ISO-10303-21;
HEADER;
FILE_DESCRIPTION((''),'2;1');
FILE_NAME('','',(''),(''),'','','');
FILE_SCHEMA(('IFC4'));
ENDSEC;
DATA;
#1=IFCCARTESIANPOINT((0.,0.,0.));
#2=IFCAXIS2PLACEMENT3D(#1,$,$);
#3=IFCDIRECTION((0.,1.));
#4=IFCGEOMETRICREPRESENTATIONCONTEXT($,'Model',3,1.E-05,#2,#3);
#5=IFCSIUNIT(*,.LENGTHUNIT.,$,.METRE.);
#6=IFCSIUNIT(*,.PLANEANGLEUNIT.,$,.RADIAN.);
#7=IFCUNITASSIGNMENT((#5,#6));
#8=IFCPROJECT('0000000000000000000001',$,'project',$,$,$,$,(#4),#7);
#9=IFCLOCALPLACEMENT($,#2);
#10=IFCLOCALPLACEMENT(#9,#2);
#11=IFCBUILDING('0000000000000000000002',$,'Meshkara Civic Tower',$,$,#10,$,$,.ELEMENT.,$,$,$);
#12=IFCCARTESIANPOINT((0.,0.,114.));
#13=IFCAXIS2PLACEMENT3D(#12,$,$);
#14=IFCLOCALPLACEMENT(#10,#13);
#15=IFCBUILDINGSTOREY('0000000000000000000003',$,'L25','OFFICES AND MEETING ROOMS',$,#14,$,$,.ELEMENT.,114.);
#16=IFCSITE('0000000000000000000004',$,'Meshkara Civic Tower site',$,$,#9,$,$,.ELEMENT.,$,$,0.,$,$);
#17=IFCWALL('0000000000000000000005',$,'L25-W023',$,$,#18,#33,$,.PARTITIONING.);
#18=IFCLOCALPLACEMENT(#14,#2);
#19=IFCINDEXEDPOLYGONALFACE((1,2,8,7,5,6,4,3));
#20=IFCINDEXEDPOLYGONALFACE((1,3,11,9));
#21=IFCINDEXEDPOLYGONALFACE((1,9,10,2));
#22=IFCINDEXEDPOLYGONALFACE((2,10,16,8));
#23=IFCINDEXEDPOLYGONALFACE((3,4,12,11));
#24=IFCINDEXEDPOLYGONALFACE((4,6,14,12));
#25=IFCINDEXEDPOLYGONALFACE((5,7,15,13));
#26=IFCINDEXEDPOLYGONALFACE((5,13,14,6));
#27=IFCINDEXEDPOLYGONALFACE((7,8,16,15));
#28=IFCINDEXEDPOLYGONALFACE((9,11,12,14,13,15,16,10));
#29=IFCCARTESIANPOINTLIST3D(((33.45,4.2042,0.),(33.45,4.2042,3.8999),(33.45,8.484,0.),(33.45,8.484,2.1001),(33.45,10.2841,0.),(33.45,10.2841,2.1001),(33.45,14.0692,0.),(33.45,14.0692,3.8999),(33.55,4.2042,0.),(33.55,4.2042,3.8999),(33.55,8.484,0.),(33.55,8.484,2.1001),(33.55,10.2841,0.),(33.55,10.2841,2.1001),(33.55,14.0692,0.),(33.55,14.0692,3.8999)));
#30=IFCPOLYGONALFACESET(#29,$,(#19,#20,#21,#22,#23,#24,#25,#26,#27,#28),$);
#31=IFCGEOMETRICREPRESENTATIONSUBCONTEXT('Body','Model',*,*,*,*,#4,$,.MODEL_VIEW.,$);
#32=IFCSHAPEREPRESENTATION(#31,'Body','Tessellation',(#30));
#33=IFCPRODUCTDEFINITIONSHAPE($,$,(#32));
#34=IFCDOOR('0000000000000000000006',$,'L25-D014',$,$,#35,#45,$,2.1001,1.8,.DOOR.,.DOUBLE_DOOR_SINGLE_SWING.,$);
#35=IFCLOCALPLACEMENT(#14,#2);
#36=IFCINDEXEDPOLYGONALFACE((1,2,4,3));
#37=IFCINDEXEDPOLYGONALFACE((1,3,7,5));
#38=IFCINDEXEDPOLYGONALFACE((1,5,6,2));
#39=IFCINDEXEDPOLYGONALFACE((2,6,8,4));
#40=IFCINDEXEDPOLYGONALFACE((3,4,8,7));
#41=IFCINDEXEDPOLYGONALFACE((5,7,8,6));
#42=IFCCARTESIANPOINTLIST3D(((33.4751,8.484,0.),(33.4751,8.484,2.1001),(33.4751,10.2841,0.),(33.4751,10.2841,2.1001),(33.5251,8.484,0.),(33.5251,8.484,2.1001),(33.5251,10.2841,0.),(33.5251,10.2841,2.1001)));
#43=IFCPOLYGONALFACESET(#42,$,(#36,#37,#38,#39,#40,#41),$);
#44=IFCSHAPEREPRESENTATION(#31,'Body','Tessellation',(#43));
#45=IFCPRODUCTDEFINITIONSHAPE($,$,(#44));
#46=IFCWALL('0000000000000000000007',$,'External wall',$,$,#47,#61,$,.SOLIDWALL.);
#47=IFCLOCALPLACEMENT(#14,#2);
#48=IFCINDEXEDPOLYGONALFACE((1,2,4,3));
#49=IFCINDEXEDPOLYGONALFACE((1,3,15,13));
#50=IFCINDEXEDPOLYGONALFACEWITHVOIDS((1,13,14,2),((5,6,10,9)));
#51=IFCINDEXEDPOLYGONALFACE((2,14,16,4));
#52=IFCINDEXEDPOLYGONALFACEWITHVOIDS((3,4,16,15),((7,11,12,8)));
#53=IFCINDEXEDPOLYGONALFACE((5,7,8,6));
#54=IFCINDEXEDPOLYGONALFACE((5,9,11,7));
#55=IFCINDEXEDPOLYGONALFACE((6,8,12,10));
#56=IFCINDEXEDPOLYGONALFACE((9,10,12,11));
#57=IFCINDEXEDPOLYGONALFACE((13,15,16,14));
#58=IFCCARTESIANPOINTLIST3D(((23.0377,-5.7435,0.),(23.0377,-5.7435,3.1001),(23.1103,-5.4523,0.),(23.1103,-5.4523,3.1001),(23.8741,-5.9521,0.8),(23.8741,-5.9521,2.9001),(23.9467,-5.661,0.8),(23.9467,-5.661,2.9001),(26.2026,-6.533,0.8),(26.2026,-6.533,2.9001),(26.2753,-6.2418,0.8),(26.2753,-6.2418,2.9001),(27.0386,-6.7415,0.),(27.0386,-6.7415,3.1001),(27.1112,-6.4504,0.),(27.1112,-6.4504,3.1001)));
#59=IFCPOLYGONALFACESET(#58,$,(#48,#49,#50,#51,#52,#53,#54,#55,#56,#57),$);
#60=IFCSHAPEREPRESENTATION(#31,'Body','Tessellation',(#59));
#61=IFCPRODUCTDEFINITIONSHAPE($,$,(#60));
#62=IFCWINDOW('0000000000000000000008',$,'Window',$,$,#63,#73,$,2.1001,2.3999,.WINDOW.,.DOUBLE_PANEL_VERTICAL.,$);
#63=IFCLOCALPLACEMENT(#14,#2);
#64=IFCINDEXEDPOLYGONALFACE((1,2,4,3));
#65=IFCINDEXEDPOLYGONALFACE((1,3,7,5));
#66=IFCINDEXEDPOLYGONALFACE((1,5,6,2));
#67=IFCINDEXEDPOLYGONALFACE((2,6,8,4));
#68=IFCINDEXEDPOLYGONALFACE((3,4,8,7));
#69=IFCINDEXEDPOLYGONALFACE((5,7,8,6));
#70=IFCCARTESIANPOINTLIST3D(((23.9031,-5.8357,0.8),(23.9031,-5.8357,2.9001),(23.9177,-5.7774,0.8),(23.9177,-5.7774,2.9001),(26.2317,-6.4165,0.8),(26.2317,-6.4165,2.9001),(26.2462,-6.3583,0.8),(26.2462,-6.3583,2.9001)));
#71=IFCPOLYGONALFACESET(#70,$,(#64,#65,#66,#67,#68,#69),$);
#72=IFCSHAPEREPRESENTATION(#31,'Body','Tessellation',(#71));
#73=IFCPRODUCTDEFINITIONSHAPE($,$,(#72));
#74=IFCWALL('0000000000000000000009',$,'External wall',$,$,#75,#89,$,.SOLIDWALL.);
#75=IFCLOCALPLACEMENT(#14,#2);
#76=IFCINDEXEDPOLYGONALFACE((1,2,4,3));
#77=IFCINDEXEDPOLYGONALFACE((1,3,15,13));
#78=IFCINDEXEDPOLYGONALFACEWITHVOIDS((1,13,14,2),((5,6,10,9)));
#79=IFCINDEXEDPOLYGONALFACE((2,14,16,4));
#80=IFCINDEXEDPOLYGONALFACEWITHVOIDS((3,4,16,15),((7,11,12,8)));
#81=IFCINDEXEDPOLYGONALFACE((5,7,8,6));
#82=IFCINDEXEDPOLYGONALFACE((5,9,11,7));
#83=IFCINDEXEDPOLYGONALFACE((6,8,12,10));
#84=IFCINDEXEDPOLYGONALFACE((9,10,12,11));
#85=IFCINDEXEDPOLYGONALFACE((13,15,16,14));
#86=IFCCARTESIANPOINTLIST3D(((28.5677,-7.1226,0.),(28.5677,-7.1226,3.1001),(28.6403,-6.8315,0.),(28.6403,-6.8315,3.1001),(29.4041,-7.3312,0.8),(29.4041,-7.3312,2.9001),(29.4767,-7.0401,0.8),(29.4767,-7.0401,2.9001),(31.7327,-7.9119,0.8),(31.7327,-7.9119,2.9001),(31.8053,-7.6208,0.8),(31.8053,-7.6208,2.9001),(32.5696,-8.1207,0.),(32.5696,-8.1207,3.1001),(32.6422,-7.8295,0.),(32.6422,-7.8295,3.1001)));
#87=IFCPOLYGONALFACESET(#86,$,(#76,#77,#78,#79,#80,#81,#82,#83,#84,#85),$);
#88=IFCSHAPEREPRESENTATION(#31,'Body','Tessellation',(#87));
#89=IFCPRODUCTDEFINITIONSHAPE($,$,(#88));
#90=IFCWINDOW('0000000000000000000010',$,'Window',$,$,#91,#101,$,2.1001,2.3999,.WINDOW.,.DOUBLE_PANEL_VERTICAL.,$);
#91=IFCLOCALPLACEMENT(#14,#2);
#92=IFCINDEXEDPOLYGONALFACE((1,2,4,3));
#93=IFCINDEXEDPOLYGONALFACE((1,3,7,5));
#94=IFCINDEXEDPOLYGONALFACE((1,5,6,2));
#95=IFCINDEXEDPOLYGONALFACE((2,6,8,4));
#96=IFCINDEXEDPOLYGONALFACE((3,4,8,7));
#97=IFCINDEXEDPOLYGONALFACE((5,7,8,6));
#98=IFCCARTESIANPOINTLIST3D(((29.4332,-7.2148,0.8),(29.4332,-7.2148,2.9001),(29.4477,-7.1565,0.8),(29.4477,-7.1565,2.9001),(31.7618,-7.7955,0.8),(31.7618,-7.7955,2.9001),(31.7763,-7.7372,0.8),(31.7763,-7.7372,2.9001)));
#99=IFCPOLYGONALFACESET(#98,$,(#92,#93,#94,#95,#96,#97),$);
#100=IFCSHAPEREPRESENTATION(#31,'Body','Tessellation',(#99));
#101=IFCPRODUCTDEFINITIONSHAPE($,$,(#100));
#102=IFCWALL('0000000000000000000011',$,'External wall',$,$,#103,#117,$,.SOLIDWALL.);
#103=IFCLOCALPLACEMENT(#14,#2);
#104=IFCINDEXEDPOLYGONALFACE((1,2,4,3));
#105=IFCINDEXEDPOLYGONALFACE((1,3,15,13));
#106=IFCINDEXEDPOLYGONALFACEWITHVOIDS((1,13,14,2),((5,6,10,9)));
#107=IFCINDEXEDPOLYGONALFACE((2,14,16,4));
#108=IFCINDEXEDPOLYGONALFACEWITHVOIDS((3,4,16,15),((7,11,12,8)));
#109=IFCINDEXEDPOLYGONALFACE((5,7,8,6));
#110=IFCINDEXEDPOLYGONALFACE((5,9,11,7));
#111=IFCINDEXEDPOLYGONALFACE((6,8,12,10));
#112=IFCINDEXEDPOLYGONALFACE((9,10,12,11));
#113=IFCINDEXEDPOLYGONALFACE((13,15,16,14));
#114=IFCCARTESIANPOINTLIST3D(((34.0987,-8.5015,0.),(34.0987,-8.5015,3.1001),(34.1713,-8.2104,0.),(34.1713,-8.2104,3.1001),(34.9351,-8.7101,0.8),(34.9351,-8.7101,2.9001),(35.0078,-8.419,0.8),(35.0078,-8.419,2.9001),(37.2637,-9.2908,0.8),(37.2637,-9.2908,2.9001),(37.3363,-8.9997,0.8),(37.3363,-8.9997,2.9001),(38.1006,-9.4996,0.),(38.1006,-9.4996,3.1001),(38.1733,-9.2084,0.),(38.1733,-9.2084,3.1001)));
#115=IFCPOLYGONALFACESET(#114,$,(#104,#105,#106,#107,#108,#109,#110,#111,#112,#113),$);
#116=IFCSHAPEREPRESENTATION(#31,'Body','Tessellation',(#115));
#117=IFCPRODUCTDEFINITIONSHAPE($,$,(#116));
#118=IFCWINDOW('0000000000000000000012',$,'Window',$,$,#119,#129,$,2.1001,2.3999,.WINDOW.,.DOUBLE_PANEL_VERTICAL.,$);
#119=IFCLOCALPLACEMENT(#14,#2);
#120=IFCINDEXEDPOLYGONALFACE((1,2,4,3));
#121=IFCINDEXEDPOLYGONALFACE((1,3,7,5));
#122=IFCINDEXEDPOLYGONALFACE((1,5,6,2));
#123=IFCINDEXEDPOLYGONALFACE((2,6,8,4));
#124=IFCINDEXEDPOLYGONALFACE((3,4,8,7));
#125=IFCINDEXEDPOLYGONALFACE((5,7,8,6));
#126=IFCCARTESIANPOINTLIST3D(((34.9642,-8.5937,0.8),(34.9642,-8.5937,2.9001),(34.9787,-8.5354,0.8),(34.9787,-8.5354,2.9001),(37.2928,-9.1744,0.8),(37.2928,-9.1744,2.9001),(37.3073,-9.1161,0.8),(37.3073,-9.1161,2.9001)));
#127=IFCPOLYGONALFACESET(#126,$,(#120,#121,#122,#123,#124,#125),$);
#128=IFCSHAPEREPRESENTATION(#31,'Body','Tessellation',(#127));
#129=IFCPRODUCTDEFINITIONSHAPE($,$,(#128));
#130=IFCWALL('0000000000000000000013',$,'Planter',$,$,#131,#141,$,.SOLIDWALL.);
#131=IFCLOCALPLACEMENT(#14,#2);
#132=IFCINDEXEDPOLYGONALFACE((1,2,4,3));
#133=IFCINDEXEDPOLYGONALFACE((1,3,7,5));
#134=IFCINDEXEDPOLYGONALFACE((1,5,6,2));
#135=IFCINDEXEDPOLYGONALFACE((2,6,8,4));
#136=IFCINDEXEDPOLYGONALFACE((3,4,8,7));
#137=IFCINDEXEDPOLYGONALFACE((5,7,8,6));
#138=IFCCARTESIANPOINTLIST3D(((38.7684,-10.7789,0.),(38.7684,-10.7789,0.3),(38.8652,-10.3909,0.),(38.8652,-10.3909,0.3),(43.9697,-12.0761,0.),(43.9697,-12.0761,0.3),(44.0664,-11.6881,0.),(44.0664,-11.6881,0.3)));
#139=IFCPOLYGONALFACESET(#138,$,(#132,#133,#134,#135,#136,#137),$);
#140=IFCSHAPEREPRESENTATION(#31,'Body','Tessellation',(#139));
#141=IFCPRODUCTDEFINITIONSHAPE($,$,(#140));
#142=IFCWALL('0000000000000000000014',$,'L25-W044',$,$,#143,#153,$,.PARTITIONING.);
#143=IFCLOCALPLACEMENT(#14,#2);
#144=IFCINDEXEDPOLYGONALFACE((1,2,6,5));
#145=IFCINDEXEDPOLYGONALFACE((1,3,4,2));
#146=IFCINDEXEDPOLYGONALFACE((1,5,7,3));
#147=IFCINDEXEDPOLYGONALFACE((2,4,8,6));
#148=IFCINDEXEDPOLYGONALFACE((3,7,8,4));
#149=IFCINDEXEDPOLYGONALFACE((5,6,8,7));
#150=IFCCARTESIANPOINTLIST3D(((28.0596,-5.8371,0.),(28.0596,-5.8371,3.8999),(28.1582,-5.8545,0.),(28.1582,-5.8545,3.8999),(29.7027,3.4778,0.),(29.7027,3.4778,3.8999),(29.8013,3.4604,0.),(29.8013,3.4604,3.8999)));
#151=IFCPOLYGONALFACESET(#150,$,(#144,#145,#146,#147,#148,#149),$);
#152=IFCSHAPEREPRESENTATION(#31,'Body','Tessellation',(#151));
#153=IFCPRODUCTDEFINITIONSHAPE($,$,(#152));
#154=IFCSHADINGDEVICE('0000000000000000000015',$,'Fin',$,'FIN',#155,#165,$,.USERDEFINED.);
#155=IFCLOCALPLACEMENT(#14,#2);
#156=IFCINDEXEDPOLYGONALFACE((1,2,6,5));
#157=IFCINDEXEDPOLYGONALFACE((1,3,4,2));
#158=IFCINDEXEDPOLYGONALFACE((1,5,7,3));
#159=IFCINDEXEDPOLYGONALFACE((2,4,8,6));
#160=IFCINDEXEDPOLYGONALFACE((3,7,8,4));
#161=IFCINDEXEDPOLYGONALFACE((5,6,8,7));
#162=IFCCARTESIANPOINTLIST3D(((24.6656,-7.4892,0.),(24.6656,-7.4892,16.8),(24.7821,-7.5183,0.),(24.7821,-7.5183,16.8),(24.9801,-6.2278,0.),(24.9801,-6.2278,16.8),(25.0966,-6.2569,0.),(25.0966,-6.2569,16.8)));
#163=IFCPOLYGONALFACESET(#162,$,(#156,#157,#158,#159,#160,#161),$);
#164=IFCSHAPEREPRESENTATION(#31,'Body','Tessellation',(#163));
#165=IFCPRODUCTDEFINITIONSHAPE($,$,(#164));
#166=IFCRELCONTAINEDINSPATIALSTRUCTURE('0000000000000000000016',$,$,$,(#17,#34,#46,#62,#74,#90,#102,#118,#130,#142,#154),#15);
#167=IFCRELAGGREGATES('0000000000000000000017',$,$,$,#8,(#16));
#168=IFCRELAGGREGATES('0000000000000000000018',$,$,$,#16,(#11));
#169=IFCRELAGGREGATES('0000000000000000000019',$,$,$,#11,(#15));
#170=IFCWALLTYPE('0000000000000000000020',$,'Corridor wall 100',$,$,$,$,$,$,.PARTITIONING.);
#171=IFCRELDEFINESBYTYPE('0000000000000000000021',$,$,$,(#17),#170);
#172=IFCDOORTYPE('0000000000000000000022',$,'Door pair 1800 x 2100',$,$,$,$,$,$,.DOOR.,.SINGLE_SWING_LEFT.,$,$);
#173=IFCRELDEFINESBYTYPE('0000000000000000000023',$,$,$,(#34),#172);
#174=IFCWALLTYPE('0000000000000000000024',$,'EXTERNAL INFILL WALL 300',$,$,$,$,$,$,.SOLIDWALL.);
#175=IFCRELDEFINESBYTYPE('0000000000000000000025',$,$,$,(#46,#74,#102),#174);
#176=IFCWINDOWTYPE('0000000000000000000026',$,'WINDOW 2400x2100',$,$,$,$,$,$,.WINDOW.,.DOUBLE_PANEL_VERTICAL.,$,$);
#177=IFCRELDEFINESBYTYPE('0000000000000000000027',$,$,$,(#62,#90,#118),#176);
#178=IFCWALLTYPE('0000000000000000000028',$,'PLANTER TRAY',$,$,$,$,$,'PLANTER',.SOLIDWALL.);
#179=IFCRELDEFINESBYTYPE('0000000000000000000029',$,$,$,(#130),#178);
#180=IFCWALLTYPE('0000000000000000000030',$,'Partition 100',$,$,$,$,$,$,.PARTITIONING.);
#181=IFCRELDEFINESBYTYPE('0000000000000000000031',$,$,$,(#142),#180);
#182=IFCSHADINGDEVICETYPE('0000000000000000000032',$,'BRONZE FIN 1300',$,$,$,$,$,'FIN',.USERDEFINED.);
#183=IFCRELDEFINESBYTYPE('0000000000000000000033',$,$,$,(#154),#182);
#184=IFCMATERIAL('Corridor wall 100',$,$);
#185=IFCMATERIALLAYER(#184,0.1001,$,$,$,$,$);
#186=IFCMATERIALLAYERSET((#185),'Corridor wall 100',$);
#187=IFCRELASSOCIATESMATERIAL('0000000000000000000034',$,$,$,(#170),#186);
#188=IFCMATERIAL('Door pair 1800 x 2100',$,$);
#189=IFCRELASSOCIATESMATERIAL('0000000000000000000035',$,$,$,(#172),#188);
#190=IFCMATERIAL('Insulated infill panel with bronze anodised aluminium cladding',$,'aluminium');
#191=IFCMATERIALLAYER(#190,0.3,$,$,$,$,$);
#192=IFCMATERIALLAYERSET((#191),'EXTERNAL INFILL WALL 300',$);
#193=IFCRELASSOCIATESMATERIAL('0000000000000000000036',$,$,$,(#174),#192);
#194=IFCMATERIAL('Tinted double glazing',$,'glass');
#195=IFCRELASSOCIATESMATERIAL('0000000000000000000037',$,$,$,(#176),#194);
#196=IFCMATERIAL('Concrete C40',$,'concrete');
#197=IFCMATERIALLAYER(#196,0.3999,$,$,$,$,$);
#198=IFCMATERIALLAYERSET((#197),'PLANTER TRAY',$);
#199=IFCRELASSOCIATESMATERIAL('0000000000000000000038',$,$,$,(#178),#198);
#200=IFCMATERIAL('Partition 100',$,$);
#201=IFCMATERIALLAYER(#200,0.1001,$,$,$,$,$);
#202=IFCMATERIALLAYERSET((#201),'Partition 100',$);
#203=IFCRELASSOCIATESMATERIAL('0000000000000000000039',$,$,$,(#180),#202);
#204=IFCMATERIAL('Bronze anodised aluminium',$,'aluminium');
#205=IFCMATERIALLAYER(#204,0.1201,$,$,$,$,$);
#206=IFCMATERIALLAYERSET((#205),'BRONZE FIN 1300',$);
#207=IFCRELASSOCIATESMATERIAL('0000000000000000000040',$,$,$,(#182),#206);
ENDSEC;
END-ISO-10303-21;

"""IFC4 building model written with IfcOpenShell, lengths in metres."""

from ifc_helpers import new_model, si_unit, direction, frame, frame_2d, origin, origin_2d, place, context, subcontext, project, spatial, rectangle, extrude, material, layer, layer_set, type_object, element, fill, save


model = new_model("IFC4")

# Units and contexts
model_context = context("Model", 3, precision=1e-05, world=origin(), true_north=direction((0.0, 1.0)))
body_context = subcontext(model_context, "Body", "Model", "MODEL_VIEW")
ifc_project = project(units=[si_unit("LENGTHUNIT", "METRE"), si_unit("PLANEANGLEUNIT", "RADIAN")], contexts=[model_context])

# Site, building, storey
site_placement = place(None, origin())
site = spatial("IfcSite", under=ifc_project, at=site_placement, Name="Meshkara Civic Tower site", CompositionType="ELEMENT", RefElevation=0.0)
building_placement = place(site_placement, origin())
building = spatial("IfcBuilding", under=site, at=building_placement, Name="Meshkara Civic Tower", CompositionType="ELEMENT")
storey_placement = place(building_placement, frame((0.0, 0.0, 114.0)))
storey = spatial("IfcBuildingStorey", under=building, at=storey_placement, Name="L25", Description="OFFICES AND MEETING ROOMS", CompositionType="ELEMENT", Elevation=114.0)

# Shared definitions
ifc_material_1 = material(Name="Corridor wall 100")
ifc_layer_1 = layer(ifc_material_1, 0.1001)
ifc_layer_set_1 = layer_set([ifc_layer_1], Name="Corridor wall 100")
wall_type_1 = type_object("IfcWallType", Name="Corridor wall 100", PredefinedType="PARTITIONING", material=ifc_layer_set_1)
ifc_material_2 = material(Name="Door pair 1800 x 2100")
door_type_1 = type_object("IfcDoorType", Name="Door pair 1800 x 2100", OperationType="SINGLE_SWING_LEFT", PredefinedType="DOOR", material=ifc_material_2)

# Wall, opening, door
wall_1_placement = place(storey_placement, frame((33.5, 4.2041, 0.0), z_axis=(0.0, 0.0, 1.0), x_axis=(0.0, 1.0, 0.0)))
wall_1 = element("IfcWall", 1, at=wall_1_placement, inside=storey, type_object=wall_type_1, Name="L25-W023", PredefinedType="PARTITIONING", context=body_context, shape_type="SweptSolid", body=[
    extrude(rectangle(XDim=9.865, YDim=0.1001, at=frame_2d((4.9326, 0.0))), origin(), (0.0, 0.0, 1.0), 3.8999),
])
opening_1_placement = place(wall_1_placement, frame((4.28, 0.0, 0.0)))
opening_1 = element("IfcOpeningElement", 2, at=opening_1_placement, cuts=wall_1, PredefinedType="OPENING", context=body_context, shape_type="SweptSolid", body=[
    extrude(rectangle(XDim=1.8, YDim=2.1001, at=frame_2d((0.8999, 1.05))), frame((0.0, 0.0601, 0.0), z_axis=(0.0, -1.0, 0.0), x_axis=(1.0, 0.0, 0.0)), (0.0, 0.0, 1.0), 0.1201),
])
door_1_placement = place(opening_1_placement, origin())
door_1 = element("IfcDoor", 3, at=door_1_placement, inside=storey, type_object=door_type_1, Name="L25-D014", OperationType="DOUBLE_DOOR_SINGLE_SWING", OverallHeight=2.1001, OverallWidth=1.8, PredefinedType="DOOR", context=body_context, shape_type="SweptSolid", body=[
    extrude(rectangle(XDim=1.8, YDim=2.1001, at=frame_2d((0.8999, 1.05))), frame((0.0, 0.0249, 0.0), z_axis=(0.0, -1.0, 0.0), x_axis=(1.0, 0.0, 0.0)), (0.0, 0.0, 1.0), 0.05),
])
fill(opening_1, door_1)

# Walls, openings, windows
ifc_material_3 = material(Name="Insulated infill panel with bronze anodised aluminium cladding", Category="aluminium")
ifc_layer_2 = layer(ifc_material_3, 0.3)
ifc_layer_set_2 = layer_set([ifc_layer_2], Name="EXTERNAL INFILL WALL 300")
wall_type_2 = type_object("IfcWallType", Name="EXTERNAL INFILL WALL 300", PredefinedType="SOLIDWALL", material=ifc_layer_set_2)
wall_2_placement = place(storey_placement, frame((23.074, -5.5979, 0.0), z_axis=(0.0, 0.0, 1.0), x_axis=(0.970268, -0.242034, 0.0)))
wall_2 = element("IfcWall", 4, at=wall_2_placement, inside=storey, type_object=wall_type_2, Name="External wall", PredefinedType="SOLIDWALL", context=body_context, shape_type="SweptSolid", body=[
    extrude(rectangle(XDim=4.1235, YDim=0.3, at=frame_2d((2.0618, 0.0))), origin(), (0.0, 0.0, 1.0), 3.1001),
])
opening_2_placement = place(wall_2_placement, frame((0.8621, 0.0, 0.8)))
opening_2 = element("IfcOpeningElement", 5, at=opening_2_placement, cuts=wall_2, PredefinedType="OPENING", context=body_context, shape_type="SweptSolid", body=[
    extrude(rectangle(XDim=2.3999, YDim=2.1001, at=frame_2d((1.2, 1.05))), frame((0.0, 0.1599, 0.0), z_axis=(0.0, -1.0, 0.0), x_axis=(1.0, 0.0, 0.0)), (0.0, 0.0, 1.0), 0.3201),
])
ifc_material_4 = material(Name="Tinted double glazing", Category="glass")
window_type = type_object("IfcWindowType", Name="WINDOW 2400x2100", PartitioningType="DOUBLE_PANEL_VERTICAL", PredefinedType="WINDOW", material=ifc_material_4)
window_1_placement = place(opening_2_placement, origin())
window_1 = element("IfcWindow", 6, at=window_1_placement, inside=storey, type_object=window_type, Name="Window", OverallHeight=2.1001, OverallWidth=2.3999, PartitioningType="DOUBLE_PANEL_VERTICAL", PredefinedType="WINDOW", context=body_context, shape_type="SweptSolid", body=[
    extrude(rectangle(XDim=2.3999, YDim=2.1001, at=frame_2d((1.2, 1.05))), frame((0.0, 0.03, 0.0), z_axis=(0.0, -1.0, 0.0), x_axis=(1.0, 0.0, 0.0)), (0.0, 0.0, 1.0), 0.0601),
])
fill(opening_2, window_1)
wall_3_placement = place(storey_placement, frame((28.604, -6.9771, 0.0), z_axis=(0.0, 0.0, 1.0), x_axis=(0.970282, -0.241978, 0.0)))
wall_3 = element("IfcWall", 7, at=wall_3_placement, inside=storey, type_object=wall_type_2, Name="External wall", PredefinedType="SOLIDWALL", context=body_context, shape_type="SweptSolid", body=[
    extrude(rectangle(XDim=4.1245, YDim=0.3, at=frame_2d((2.0623, 0.0))), origin(), (0.0, 0.0, 1.0), 3.1001),
])
opening_3_placement = place(wall_3_placement, frame((0.8621, 0.0, 0.8)))
opening_3 = element("IfcOpeningElement", 8, at=opening_3_placement, cuts=wall_3, PredefinedType="OPENING", context=body_context, shape_type="SweptSolid", body=[
    extrude(rectangle(XDim=2.3999, YDim=2.1001, at=frame_2d((1.2, 1.05))), frame((0.0, 0.1599, 0.0), z_axis=(0.0, -1.0, 0.0), x_axis=(1.0, 0.0, 0.0)), (0.0, 0.0, 1.0), 0.3201),
])
window_2_placement = place(opening_3_placement, origin())
window_2 = element("IfcWindow", 9, at=window_2_placement, inside=storey, type_object=window_type, Name="Window", OverallHeight=2.1001, OverallWidth=2.3999, PartitioningType="DOUBLE_PANEL_VERTICAL", PredefinedType="WINDOW", context=body_context, shape_type="SweptSolid", body=[
    extrude(rectangle(XDim=2.3999, YDim=2.1001, at=frame_2d((1.2, 1.05))), frame((0.0, 0.03, 0.0), z_axis=(0.0, -1.0, 0.0), x_axis=(1.0, 0.0, 0.0)), (0.0, 0.0, 1.0), 0.0601),
])
fill(opening_3, window_2)
wall_4_placement = place(storey_placement, frame((34.135, -8.356, 0.0), z_axis=(0.0, 0.0, 1.0), x_axis=(0.970282, -0.241978, 0.0)))
wall_4 = element("IfcWall", 10, at=wall_4_placement, inside=storey, type_object=wall_type_2, Name="External wall", PredefinedType="SOLIDWALL", context=body_context, shape_type="SweptSolid", body=[
    extrude(rectangle(XDim=4.1245, YDim=0.3, at=frame_2d((2.0623, 0.0))), origin(), (0.0, 0.0, 1.0), 3.1001),
])
opening_4_placement = place(wall_4_placement, frame((0.8621, 0.0, 0.8)))
opening_4 = element("IfcOpeningElement", 11, at=opening_4_placement, cuts=wall_4, PredefinedType="OPENING", context=body_context, shape_type="SweptSolid", body=[
    extrude(rectangle(XDim=2.3999, YDim=2.1001, at=frame_2d((1.2, 1.05))), frame((0.0, 0.1599, 0.0), z_axis=(0.0, -1.0, 0.0), x_axis=(1.0, 0.0, 0.0)), (0.0, 0.0, 1.0), 0.3201),
])
window_3_placement = place(opening_4_placement, origin())
window_3 = element("IfcWindow", 12, at=window_3_placement, inside=storey, type_object=window_type, Name="Window", OverallHeight=2.1001, OverallWidth=2.3999, PartitioningType="DOUBLE_PANEL_VERTICAL", PredefinedType="WINDOW", context=body_context, shape_type="SweptSolid", body=[
    extrude(rectangle(XDim=2.3999, YDim=2.1001, at=frame_2d((1.2, 1.05))), frame((0.0, 0.03, 0.0), z_axis=(0.0, -1.0, 0.0), x_axis=(1.0, 0.0, 0.0)), (0.0, 0.0, 1.0), 0.0601),
])
fill(opening_4, window_3)

# Walls
ifc_material_5 = material(Name="Concrete C40", Category="concrete")
ifc_layer_3 = layer(ifc_material_5, 0.3999)
ifc_layer_set_3 = layer_set([ifc_layer_3], Name="PLANTER TRAY")
wall_type_3 = type_object("IfcWallType", Name="PLANTER TRAY", ElementType="PLANTER", PredefinedType="SOLIDWALL", material=ifc_layer_set_3)
wall_5_placement = place(storey_placement, frame((38.8169, -10.585, 0.0), z_axis=(0.0, 0.0, 1.0), x_axis=(0.970282, -0.241978, 0.0)))
element("IfcWall", 13, at=wall_5_placement, inside=storey, type_object=wall_type_3, Name="Planter", PredefinedType="SOLIDWALL", context=body_context, shape_type="SweptSolid", body=[
    extrude(rectangle(XDim=5.3606, YDim=0.3999, at=frame_2d((2.6802, 0.0))), origin(), (0.0, 0.0, 1.0), 0.3),
])
ifc_material_6 = material(Name="Partition 100")
ifc_layer_4 = layer(ifc_material_6, 0.1001)
ifc_layer_set_4 = layer_set([ifc_layer_4], Name="Partition 100")
wall_type_4 = type_object("IfcWallType", Name="Partition 100", PredefinedType="PARTITIONING", material=ifc_layer_set_4)
wall_6_placement = place(storey_placement, frame((28.1089, -5.8459, 0.0), z_axis=(0.0, 0.0, 1.0), x_axis=(0.173709, 0.984797, 0.0)))
element("IfcWall", 14, at=wall_6_placement, inside=storey, type_object=wall_type_4, Name="L25-W044", PredefinedType="PARTITIONING", context=body_context, shape_type="SweptSolid", body=[
    extrude(rectangle(XDim=9.4587, YDim=0.1001, at=frame_2d((4.7295, 0.0))), origin(), (0.0, 0.0, 1.0), 3.8999),
])

# Shading device
ifc_material_7 = material(Name="Bronze anodised aluminium", Category="aluminium")
ifc_layer_5 = layer(ifc_material_7, 0.1201)
ifc_layer_set_5 = layer_set([ifc_layer_5], Name="BRONZE FIN 1300")
shading_device_type = type_object("IfcShadingDeviceType", Name="BRONZE FIN 1300", ElementType="FIN", PredefinedType="USERDEFINED", material=ifc_layer_set_5)
for number, where, z_axis, x_axis, name in (
    (15, (24.8811, -6.873, 0.0), (0.0, 0.0, 1.0), (0.9703, -0.241905, 0.0), "Fin"),
):
    element("IfcShadingDevice", number, at=place(storey_placement, frame(where, z_axis=z_axis, x_axis=x_axis)), inside=storey, type_object=shading_device_type, Name=name, ObjectType="FIN", PredefinedType="USERDEFINED", context=body_context, shape_type="SweptSolid", body=[
        extrude(rectangle(XDim=0.1201, YDim=1.3, at=origin_2d()), origin(), (0.0, 0.0, 1.0), 16.8),
    ])

save(model, "model.ifc")
